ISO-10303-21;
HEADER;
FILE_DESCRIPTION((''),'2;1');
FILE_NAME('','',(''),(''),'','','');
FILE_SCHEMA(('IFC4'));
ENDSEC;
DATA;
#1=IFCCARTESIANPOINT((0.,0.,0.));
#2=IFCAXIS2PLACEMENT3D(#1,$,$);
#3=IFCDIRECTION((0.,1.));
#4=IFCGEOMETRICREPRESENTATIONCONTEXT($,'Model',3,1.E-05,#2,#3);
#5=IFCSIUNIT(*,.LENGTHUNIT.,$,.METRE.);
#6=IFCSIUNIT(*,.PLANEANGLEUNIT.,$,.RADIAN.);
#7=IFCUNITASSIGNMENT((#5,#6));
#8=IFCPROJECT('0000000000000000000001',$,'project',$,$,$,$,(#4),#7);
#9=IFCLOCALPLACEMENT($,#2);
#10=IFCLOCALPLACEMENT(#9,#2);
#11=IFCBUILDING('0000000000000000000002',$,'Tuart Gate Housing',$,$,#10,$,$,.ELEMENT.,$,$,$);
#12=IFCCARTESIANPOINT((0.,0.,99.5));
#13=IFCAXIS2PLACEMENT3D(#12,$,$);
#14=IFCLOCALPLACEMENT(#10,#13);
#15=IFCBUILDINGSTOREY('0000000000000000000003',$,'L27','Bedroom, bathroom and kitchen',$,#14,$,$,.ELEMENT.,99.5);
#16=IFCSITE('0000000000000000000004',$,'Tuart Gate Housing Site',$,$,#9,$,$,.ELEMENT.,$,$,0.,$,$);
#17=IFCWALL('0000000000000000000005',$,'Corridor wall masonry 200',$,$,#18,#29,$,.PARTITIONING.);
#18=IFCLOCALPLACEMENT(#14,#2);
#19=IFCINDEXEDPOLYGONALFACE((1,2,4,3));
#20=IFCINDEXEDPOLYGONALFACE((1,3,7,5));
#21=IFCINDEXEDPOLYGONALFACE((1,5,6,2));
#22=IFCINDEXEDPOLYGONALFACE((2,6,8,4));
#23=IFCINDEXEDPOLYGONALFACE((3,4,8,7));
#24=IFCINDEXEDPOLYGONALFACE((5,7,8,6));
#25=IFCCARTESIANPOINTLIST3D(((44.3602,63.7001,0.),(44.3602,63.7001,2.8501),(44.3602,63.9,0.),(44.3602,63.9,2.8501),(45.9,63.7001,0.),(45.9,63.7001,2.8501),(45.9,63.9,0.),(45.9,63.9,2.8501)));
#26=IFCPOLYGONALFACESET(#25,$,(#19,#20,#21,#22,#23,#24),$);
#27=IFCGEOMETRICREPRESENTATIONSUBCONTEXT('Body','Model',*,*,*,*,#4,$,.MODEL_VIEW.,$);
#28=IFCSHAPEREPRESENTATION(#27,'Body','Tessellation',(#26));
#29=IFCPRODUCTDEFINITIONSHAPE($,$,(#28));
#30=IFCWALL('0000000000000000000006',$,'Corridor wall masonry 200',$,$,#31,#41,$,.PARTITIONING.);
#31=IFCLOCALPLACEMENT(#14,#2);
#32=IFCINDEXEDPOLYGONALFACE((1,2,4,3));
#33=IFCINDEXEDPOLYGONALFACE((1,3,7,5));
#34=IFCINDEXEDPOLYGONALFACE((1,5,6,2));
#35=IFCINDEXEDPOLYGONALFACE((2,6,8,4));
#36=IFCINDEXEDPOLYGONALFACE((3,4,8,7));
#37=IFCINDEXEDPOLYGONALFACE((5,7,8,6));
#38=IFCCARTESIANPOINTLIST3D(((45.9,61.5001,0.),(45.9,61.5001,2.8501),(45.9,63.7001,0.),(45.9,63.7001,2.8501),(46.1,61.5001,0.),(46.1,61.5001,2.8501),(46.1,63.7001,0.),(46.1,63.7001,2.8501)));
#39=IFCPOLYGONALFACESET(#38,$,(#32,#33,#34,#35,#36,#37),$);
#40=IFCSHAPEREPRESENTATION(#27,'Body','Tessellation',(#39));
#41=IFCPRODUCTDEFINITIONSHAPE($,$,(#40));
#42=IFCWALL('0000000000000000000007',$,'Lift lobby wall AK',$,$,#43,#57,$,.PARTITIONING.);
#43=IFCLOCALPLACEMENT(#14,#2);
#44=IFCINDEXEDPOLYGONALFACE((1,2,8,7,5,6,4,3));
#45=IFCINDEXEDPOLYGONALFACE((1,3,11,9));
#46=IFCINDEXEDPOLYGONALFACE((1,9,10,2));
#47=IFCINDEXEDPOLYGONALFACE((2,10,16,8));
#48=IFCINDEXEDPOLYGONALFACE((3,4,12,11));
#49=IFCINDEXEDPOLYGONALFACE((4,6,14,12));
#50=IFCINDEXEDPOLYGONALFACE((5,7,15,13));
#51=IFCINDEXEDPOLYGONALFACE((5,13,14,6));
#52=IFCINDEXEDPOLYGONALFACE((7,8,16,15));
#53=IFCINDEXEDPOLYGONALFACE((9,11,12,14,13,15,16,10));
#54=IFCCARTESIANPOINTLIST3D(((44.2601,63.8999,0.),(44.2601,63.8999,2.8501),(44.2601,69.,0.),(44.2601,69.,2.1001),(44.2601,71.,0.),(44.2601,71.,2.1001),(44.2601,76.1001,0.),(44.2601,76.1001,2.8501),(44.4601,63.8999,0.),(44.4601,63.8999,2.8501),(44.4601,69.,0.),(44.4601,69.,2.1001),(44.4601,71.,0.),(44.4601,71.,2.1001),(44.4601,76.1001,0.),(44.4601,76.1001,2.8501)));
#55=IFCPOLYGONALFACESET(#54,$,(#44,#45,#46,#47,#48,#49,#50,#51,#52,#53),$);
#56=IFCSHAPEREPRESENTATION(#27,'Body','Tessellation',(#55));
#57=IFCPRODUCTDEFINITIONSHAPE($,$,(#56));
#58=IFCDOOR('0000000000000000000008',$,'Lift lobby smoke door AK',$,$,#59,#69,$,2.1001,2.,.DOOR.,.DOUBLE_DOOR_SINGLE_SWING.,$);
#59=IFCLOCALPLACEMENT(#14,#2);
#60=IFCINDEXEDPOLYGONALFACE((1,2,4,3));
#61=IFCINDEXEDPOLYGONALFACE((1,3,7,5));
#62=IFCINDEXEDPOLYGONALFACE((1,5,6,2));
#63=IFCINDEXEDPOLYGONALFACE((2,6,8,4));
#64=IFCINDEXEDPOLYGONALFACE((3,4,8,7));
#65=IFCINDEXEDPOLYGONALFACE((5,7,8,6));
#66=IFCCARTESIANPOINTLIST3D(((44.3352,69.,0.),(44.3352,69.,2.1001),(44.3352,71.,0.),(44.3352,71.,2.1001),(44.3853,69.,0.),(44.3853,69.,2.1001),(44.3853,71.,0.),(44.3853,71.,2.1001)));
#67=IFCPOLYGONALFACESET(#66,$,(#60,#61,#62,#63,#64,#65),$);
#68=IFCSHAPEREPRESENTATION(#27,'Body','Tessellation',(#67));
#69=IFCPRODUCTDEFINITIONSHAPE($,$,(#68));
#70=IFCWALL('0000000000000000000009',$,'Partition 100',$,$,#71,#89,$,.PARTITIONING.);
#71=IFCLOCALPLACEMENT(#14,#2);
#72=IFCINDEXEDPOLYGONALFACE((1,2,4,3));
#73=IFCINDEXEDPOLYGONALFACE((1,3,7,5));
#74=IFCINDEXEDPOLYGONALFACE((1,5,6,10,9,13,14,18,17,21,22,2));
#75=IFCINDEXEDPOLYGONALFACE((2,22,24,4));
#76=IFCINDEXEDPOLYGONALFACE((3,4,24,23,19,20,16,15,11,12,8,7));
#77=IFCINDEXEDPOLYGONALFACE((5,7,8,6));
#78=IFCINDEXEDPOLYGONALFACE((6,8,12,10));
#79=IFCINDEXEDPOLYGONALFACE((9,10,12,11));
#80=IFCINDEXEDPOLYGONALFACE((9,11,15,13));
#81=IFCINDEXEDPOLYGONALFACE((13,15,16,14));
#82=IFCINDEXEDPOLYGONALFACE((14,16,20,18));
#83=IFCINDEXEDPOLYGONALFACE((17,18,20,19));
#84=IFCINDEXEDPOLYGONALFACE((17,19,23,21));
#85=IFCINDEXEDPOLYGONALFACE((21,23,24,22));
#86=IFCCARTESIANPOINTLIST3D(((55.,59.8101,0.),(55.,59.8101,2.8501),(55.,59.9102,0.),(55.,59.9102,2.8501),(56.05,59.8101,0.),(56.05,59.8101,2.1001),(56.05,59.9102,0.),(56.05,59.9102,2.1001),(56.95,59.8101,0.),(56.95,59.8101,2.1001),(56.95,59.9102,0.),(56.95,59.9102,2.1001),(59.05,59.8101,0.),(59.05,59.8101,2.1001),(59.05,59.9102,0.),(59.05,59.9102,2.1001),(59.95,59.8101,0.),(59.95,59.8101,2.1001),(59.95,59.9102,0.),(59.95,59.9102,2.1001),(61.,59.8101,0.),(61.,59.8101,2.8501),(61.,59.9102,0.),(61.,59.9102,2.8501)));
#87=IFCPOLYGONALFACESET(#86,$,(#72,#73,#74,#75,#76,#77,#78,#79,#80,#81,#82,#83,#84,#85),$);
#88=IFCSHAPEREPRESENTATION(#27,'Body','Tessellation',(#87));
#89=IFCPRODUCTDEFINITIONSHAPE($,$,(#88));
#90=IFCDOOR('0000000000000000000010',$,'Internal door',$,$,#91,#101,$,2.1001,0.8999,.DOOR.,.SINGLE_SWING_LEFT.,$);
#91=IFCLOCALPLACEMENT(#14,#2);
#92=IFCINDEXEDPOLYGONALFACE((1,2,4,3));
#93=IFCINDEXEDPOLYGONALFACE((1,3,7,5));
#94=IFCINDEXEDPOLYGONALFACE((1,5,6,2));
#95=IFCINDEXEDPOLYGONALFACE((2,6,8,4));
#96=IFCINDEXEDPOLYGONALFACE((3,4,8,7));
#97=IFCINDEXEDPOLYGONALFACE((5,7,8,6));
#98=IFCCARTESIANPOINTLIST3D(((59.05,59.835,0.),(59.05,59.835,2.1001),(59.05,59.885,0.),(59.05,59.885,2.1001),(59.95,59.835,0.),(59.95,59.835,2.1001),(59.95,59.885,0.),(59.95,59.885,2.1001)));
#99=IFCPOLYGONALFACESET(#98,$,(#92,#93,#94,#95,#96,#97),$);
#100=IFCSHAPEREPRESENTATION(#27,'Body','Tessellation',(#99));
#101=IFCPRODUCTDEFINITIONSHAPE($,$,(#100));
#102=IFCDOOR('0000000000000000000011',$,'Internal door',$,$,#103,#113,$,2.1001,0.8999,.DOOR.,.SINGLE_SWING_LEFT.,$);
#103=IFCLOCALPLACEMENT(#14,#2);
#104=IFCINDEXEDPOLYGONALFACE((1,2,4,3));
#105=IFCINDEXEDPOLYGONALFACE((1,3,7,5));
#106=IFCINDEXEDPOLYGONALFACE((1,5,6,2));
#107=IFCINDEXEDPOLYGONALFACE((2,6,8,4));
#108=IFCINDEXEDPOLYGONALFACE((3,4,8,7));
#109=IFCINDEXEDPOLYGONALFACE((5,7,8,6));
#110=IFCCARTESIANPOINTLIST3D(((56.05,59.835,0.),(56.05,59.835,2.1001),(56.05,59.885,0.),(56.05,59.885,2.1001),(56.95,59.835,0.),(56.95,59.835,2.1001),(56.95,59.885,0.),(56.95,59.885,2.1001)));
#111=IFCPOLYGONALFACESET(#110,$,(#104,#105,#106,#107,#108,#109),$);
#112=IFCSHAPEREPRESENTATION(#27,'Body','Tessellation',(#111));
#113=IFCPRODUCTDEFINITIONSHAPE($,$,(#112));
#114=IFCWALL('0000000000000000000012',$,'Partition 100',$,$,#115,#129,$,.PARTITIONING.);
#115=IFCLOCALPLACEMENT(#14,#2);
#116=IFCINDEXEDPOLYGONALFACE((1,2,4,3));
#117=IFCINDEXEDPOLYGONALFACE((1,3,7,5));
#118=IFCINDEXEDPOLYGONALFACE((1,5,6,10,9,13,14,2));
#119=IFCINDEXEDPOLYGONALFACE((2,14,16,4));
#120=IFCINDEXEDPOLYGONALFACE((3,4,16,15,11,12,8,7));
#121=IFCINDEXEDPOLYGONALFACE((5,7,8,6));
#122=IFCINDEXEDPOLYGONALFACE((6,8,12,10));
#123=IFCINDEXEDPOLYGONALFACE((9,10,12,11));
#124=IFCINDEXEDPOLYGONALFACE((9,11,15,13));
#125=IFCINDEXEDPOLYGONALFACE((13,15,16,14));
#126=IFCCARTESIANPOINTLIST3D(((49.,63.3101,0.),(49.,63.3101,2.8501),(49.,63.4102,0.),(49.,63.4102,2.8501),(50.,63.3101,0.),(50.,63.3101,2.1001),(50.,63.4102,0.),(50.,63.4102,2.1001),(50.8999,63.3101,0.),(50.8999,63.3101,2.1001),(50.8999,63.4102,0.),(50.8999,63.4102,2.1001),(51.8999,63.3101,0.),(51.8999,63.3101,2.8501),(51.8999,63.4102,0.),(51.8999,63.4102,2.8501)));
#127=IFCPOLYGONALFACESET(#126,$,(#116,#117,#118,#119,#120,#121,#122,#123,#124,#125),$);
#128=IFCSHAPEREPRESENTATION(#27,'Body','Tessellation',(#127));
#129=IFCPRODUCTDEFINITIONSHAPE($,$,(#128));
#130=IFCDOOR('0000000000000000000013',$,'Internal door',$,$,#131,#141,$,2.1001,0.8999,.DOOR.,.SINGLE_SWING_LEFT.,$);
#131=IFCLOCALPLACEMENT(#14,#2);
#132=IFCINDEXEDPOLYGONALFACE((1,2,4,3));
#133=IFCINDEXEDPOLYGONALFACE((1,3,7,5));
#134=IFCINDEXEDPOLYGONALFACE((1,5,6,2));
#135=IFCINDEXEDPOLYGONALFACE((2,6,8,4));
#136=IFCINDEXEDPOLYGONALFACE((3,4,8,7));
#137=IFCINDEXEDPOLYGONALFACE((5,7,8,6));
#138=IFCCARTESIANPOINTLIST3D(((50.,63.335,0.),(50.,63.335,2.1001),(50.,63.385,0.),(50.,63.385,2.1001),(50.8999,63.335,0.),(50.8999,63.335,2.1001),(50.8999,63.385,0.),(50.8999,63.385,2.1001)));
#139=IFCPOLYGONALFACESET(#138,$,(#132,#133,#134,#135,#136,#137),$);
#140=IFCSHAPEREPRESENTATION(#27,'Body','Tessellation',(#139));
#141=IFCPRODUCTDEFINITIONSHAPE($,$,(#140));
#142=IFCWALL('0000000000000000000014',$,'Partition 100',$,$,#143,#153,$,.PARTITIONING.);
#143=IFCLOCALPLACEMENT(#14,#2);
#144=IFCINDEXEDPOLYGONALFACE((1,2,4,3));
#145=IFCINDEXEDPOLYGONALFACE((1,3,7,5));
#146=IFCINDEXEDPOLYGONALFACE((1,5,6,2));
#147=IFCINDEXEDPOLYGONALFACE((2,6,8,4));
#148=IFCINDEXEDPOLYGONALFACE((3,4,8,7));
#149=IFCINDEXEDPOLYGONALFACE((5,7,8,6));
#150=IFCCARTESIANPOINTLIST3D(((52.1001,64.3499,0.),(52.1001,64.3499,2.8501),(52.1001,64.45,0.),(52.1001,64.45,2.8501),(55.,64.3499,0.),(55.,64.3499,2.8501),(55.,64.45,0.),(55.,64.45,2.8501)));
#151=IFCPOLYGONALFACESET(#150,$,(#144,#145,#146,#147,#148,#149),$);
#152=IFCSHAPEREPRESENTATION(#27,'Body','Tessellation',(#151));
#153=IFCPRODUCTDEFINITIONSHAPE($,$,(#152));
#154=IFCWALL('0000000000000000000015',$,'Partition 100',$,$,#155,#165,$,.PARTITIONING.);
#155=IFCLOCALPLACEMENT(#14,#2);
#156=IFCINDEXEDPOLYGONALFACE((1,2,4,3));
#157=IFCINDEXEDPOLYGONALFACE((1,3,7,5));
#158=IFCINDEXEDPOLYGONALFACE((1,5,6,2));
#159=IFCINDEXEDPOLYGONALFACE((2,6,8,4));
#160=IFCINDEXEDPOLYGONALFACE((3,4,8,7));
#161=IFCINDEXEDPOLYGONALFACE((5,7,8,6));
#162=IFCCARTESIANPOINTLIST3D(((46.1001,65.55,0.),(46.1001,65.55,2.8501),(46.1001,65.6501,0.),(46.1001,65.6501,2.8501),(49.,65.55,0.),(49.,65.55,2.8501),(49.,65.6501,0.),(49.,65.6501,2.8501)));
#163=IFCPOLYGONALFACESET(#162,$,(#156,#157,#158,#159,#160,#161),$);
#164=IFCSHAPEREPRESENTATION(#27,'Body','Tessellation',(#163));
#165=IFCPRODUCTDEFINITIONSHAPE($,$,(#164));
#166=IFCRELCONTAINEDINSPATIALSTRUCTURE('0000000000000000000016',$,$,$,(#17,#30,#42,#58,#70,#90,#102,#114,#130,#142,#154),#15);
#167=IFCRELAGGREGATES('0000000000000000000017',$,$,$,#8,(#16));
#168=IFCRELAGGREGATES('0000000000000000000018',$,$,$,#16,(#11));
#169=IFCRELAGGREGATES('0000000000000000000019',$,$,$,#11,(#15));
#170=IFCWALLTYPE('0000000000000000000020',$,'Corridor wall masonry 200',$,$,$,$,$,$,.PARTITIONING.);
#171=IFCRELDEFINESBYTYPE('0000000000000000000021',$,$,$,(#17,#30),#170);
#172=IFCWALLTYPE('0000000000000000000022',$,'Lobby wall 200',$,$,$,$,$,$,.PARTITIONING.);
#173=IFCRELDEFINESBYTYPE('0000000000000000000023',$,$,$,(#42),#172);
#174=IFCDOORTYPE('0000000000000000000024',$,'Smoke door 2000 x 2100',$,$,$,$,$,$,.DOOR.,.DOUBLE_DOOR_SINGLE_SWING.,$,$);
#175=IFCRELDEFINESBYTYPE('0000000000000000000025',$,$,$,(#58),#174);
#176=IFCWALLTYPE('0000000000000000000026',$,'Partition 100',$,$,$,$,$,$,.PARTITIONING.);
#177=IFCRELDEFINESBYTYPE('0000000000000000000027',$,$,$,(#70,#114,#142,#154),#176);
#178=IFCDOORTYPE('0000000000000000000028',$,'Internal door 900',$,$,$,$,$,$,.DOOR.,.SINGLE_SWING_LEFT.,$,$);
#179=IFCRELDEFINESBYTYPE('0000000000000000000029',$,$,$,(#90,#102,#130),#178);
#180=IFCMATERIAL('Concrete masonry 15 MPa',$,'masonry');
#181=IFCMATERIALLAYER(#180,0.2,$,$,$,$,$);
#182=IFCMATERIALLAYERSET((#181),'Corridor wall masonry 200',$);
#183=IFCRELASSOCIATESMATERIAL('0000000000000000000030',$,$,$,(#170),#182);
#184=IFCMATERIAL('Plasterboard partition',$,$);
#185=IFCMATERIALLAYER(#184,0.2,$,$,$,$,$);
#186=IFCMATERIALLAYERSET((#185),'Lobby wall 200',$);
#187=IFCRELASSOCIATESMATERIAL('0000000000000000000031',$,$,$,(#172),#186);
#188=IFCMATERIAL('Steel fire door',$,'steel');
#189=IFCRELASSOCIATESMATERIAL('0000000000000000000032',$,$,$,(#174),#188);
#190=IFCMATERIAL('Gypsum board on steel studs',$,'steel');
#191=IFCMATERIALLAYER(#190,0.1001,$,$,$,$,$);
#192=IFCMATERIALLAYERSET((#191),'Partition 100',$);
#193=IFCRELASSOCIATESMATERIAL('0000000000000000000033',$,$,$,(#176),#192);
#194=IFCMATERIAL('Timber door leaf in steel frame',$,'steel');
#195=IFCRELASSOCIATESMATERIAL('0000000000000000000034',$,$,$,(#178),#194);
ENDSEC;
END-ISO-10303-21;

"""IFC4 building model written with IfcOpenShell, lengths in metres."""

from ifc_helpers import new_model, si_unit, direction, frame, frame_2d, origin, place, context, subcontext, project, spatial, rectangle, extrude, material, layer, layer_set, type_object, element, fill, save


model = new_model("IFC4")

# Units and contexts
model_context = context("Model", 3, precision=1e-05, world=origin(), true_north=direction((0.0, 1.0)))
body_context = subcontext(model_context, "Body", "Model", "MODEL_VIEW")
ifc_project = project(units=[si_unit("LENGTHUNIT", "METRE"), si_unit("PLANEANGLEUNIT", "RADIAN")], contexts=[model_context])

# Site, building, storey
site_placement = place(None, origin())
site = spatial("IfcSite", under=ifc_project, at=site_placement, Name="Tuart Gate Housing Site", CompositionType="ELEMENT", RefElevation=0.0)
building_placement = place(site_placement, origin())
building = spatial("IfcBuilding", under=site, at=building_placement, Name="Tuart Gate Housing", CompositionType="ELEMENT")
storey_placement = place(building_placement, frame((0.0, 0.0, 99.5)))
storey = spatial("IfcBuildingStorey", under=building, at=storey_placement, Name="L27", Description="Bedroom, bathroom and kitchen", CompositionType="ELEMENT", Elevation=99.5)

# Walls
ifc_material_1 = material(Name="Concrete masonry 15 MPa", Category="masonry")
ifc_layer_1 = layer(ifc_material_1, 0.2)
ifc_layer_set_1 = layer_set([ifc_layer_1], Name="Corridor wall masonry 200")
wall_type_1 = type_object("IfcWallType", Name="Corridor wall masonry 200", PredefinedType="PARTITIONING", material=ifc_layer_set_1)
wall_1_placement = place(storey_placement, frame((44.3601, 63.8, 0.0), z_axis=(0.0, 0.0, 1.0), x_axis=(1.0, 0.0, 0.0)))
element("IfcWall", 1, at=wall_1_placement, inside=storey, type_object=wall_type_1, Name="Corridor wall masonry 200", PredefinedType="PARTITIONING", context=body_context, shape_type="SweptSolid", body=[
    extrude(rectangle(XDim=1.5398, YDim=0.2, at=frame_2d((0.77, 0.0))), origin(), (0.0, 0.0, 1.0), 2.8501),
])
wall_2_placement = place(storey_placement, frame((46.0, 61.5, 0.0), z_axis=(0.0, 0.0, 1.0), x_axis=(0.0, 1.0, 0.0)))
element("IfcWall", 2, at=wall_2_placement, inside=storey, type_object=wall_type_1, Name="Corridor wall masonry 200", PredefinedType="PARTITIONING", context=body_context, shape_type="SweptSolid", body=[
    extrude(rectangle(XDim=2.2, YDim=0.2, at=frame_2d((1.1001, 0.0))), origin(), (0.0, 0.0, 1.0), 2.8501),
])

# Wall, opening, door
ifc_material_2 = material(Name="Plasterboard partition")
ifc_layer_2 = layer(ifc_material_2, 0.2)
ifc_layer_set_2 = layer_set([ifc_layer_2], Name="Lobby wall 200")
wall_type_2 = type_object("IfcWallType", Name="Lobby wall 200", PredefinedType="PARTITIONING", material=ifc_layer_set_2)
wall_3_placement = place(storey_placement, frame((44.3601, 63.8999, 0.0), z_axis=(0.0, 0.0, 1.0), x_axis=(0.0, 1.0, 0.0)))
wall_3 = element("IfcWall", 3, at=wall_3_placement, inside=storey, type_object=wall_type_2, Name="Lift lobby wall AK", PredefinedType="PARTITIONING", context=body_context, shape_type="SweptSolid", body=[
    extrude(rectangle(XDim=12.2002, YDim=0.2, at=frame_2d((6.1001, 0.0))), origin(), (0.0, 0.0, 1.0), 2.8501),
])
opening_1_placement = place(wall_3_placement, frame((5.1001, 0.0, 0.0)))
opening_1 = element("IfcOpeningElement", 4, at=opening_1_placement, cuts=wall_3, PredefinedType="OPENING", context=body_context, shape_type="SweptSolid", body=[
    extrude(rectangle(XDim=2.0, YDim=2.1001, at=frame_2d((1.0, 1.05))), frame((0.0, 0.1099, 0.0), z_axis=(0.0, -1.0, 0.0), x_axis=(1.0, 0.0, 0.0)), (0.0, 0.0, 1.0), 0.22),
])
ifc_material_3 = material(Name="Steel fire door", Category="steel")
door_type_1 = type_object("IfcDoorType", Name="Smoke door 2000 x 2100", OperationType="DOUBLE_DOOR_SINGLE_SWING", PredefinedType="DOOR", material=ifc_material_3)
door_1_placement = place(opening_1_placement, origin())
door_1 = element("IfcDoor", 5, at=door_1_placement, inside=storey, type_object=door_type_1, Name="Lift lobby smoke door AK", OperationType="DOUBLE_DOOR_SINGLE_SWING", OverallHeight=2.1001, OverallWidth=2.0, PredefinedType="DOOR", context=body_context, shape_type="SweptSolid", body=[
    extrude(rectangle(XDim=2.0, YDim=2.1001, at=frame_2d((1.0, 1.05))), frame((0.0, 0.0249, 0.0), z_axis=(0.0, -1.0, 0.0), x_axis=(1.0, 0.0, 0.0)), (0.0, 0.0, 1.0), 0.05),
])
fill(opening_1, door_1)

# Wall, openings, doors
ifc_material_4 = material(Name="Gypsum board on steel studs", Category="steel")
ifc_layer_3 = layer(ifc_material_4, 0.1001)
ifc_layer_set_3 = layer_set([ifc_layer_3], Name="Partition 100")
wall_type_3 = type_object("IfcWallType", Name="Partition 100", PredefinedType="PARTITIONING", material=ifc_layer_set_3)
wall_4_placement = place(storey_placement, frame((55.0, 59.8601, 0.0), z_axis=(0.0, 0.0, 1.0), x_axis=(1.0, 0.0, 0.0)))
wall_4 = element("IfcWall", 6, at=wall_4_placement, inside=storey, type_object=wall_type_3, Name="Partition 100", PredefinedType="PARTITIONING", context=body_context, shape_type="SweptSolid", body=[
    extrude(rectangle(XDim=6.0, YDim=0.1001, at=frame_2d((3.0, 0.0))), origin(), (0.0, 0.0, 1.0), 2.8501),
])
opening_2_placement = place(wall_4_placement, frame((4.05, 0.0, 0.0)))
opening_2 = element("IfcOpeningElement", 7, at=opening_2_placement, cuts=wall_4, PredefinedType="OPENING", context=body_context, shape_type="SweptSolid", body=[
    extrude(rectangle(XDim=0.8999, YDim=2.1001, at=frame_2d((0.45, 1.05))), frame((0.0, 0.0601, 0.0), z_axis=(0.0, -1.0, 0.0), x_axis=(1.0, 0.0, 0.0)), (0.0, 0.0, 1.0), 0.1201),
])
opening_3_placement = place(wall_4_placement, frame((1.05, 0.0, 0.0)))
opening_3 = element("IfcOpeningElement", 8, at=opening_3_placement, cuts=wall_4, PredefinedType="OPENING", context=body_context, shape_type="SweptSolid", body=[
    extrude(rectangle(XDim=0.8999, YDim=2.1001, at=frame_2d((0.45, 1.05))), frame((0.0, 0.0601, 0.0), z_axis=(0.0, -1.0, 0.0), x_axis=(1.0, 0.0, 0.0)), (0.0, 0.0, 1.0), 0.1201),
])
ifc_material_5 = material(Name="Timber door leaf in steel frame", Category="steel")
door_type_2 = type_object("IfcDoorType", Name="Internal door 900", OperationType="SINGLE_SWING_LEFT", PredefinedType="DOOR", material=ifc_material_5)
door_2_placement = place(opening_2_placement, origin())
door_2 = element("IfcDoor", 9, at=door_2_placement, inside=storey, type_object=door_type_2, Name="Internal door", OperationType="SINGLE_SWING_LEFT", OverallHeight=2.1001, OverallWidth=0.8999, PredefinedType="DOOR", context=body_context, shape_type="SweptSolid", body=[
    extrude(rectangle(XDim=0.8999, YDim=2.1001, at=frame_2d((0.45, 1.05))), frame((0.0, 0.0249, 0.0), z_axis=(0.0, -1.0, 0.0), x_axis=(1.0, 0.0, 0.0)), (0.0, 0.0, 1.0), 0.05),
])
fill(opening_2, door_2)
door_3_placement = place(opening_3_placement, origin())
door_3 = element("IfcDoor", 10, at=door_3_placement, inside=storey, type_object=door_type_2, Name="Internal door", OperationType="SINGLE_SWING_LEFT", OverallHeight=2.1001, OverallWidth=0.8999, PredefinedType="DOOR", context=body_context, shape_type="SweptSolid", body=[
    extrude(rectangle(XDim=0.8999, YDim=2.1001, at=frame_2d((0.45, 1.05))), frame((0.0, 0.0249, 0.0), z_axis=(0.0, -1.0, 0.0), x_axis=(1.0, 0.0, 0.0)), (0.0, 0.0, 1.0), 0.05),
])
fill(opening_3, door_3)

# Wall, opening, door
wall_5_placement = place(storey_placement, frame((49.0, 63.3601, 0.0), z_axis=(0.0, 0.0, 1.0), x_axis=(1.0, 0.0, 0.0)))
wall_5 = element("IfcWall", 11, at=wall_5_placement, inside=storey, type_object=wall_type_3, Name="Partition 100", PredefinedType="PARTITIONING", context=body_context, shape_type="SweptSolid", body=[
    extrude(rectangle(XDim=2.8999, YDim=0.1001, at=frame_2d((1.45, 0.0))), origin(), (0.0, 0.0, 1.0), 2.8501),
])
opening_4_placement = place(wall_5_placement, frame((1.0, 0.0, 0.0)))
opening_4 = element("IfcOpeningElement", 12, at=opening_4_placement, cuts=wall_5, PredefinedType="OPENING", context=body_context, shape_type="SweptSolid", body=[
    extrude(rectangle(XDim=0.8999, YDim=2.1001, at=frame_2d((0.45, 1.05))), frame((0.0, 0.0601, 0.0), z_axis=(0.0, -1.0, 0.0), x_axis=(1.0, 0.0, 0.0)), (0.0, 0.0, 1.0), 0.1201),
])
door_4_placement = place(opening_4_placement, origin())
door_4 = element("IfcDoor", 13, at=door_4_placement, inside=storey, type_object=door_type_2, Name="Internal door", OperationType="SINGLE_SWING_LEFT", OverallHeight=2.1001, OverallWidth=0.8999, PredefinedType="DOOR", context=body_context, shape_type="SweptSolid", body=[
    extrude(rectangle(XDim=0.8999, YDim=2.1001, at=frame_2d((0.45, 1.05))), frame((0.0, 0.0249, 0.0), z_axis=(0.0, -1.0, 0.0), x_axis=(1.0, 0.0, 0.0)), (0.0, 0.0, 1.0), 0.05),
])
fill(opening_4, door_4)

# Walls
for number, where, z_axis, x_axis, name in (
    (14, (52.1001, 64.3999, 0.0), (0.0, 0.0, 1.0), (1.0, 0.0, 0.0), "Partition 100"),
    (15, (46.1001, 65.6001, 0.0), (0.0, 0.0, 1.0), (1.0, 0.0, 0.0), "Partition 100"),
):
    element("IfcWall", number, at=place(storey_placement, frame(where, z_axis=z_axis, x_axis=x_axis)), inside=storey, type_object=wall_type_3, Name=name, PredefinedType="PARTITIONING", context=body_context, shape_type="SweptSolid", body=[
        extrude(rectangle(XDim=2.8999, YDim=0.1001, at=frame_2d((1.45, 0.0))), origin(), (0.0, 0.0, 1.0), 2.8501),
    ])

save(model, "model.ifc")
